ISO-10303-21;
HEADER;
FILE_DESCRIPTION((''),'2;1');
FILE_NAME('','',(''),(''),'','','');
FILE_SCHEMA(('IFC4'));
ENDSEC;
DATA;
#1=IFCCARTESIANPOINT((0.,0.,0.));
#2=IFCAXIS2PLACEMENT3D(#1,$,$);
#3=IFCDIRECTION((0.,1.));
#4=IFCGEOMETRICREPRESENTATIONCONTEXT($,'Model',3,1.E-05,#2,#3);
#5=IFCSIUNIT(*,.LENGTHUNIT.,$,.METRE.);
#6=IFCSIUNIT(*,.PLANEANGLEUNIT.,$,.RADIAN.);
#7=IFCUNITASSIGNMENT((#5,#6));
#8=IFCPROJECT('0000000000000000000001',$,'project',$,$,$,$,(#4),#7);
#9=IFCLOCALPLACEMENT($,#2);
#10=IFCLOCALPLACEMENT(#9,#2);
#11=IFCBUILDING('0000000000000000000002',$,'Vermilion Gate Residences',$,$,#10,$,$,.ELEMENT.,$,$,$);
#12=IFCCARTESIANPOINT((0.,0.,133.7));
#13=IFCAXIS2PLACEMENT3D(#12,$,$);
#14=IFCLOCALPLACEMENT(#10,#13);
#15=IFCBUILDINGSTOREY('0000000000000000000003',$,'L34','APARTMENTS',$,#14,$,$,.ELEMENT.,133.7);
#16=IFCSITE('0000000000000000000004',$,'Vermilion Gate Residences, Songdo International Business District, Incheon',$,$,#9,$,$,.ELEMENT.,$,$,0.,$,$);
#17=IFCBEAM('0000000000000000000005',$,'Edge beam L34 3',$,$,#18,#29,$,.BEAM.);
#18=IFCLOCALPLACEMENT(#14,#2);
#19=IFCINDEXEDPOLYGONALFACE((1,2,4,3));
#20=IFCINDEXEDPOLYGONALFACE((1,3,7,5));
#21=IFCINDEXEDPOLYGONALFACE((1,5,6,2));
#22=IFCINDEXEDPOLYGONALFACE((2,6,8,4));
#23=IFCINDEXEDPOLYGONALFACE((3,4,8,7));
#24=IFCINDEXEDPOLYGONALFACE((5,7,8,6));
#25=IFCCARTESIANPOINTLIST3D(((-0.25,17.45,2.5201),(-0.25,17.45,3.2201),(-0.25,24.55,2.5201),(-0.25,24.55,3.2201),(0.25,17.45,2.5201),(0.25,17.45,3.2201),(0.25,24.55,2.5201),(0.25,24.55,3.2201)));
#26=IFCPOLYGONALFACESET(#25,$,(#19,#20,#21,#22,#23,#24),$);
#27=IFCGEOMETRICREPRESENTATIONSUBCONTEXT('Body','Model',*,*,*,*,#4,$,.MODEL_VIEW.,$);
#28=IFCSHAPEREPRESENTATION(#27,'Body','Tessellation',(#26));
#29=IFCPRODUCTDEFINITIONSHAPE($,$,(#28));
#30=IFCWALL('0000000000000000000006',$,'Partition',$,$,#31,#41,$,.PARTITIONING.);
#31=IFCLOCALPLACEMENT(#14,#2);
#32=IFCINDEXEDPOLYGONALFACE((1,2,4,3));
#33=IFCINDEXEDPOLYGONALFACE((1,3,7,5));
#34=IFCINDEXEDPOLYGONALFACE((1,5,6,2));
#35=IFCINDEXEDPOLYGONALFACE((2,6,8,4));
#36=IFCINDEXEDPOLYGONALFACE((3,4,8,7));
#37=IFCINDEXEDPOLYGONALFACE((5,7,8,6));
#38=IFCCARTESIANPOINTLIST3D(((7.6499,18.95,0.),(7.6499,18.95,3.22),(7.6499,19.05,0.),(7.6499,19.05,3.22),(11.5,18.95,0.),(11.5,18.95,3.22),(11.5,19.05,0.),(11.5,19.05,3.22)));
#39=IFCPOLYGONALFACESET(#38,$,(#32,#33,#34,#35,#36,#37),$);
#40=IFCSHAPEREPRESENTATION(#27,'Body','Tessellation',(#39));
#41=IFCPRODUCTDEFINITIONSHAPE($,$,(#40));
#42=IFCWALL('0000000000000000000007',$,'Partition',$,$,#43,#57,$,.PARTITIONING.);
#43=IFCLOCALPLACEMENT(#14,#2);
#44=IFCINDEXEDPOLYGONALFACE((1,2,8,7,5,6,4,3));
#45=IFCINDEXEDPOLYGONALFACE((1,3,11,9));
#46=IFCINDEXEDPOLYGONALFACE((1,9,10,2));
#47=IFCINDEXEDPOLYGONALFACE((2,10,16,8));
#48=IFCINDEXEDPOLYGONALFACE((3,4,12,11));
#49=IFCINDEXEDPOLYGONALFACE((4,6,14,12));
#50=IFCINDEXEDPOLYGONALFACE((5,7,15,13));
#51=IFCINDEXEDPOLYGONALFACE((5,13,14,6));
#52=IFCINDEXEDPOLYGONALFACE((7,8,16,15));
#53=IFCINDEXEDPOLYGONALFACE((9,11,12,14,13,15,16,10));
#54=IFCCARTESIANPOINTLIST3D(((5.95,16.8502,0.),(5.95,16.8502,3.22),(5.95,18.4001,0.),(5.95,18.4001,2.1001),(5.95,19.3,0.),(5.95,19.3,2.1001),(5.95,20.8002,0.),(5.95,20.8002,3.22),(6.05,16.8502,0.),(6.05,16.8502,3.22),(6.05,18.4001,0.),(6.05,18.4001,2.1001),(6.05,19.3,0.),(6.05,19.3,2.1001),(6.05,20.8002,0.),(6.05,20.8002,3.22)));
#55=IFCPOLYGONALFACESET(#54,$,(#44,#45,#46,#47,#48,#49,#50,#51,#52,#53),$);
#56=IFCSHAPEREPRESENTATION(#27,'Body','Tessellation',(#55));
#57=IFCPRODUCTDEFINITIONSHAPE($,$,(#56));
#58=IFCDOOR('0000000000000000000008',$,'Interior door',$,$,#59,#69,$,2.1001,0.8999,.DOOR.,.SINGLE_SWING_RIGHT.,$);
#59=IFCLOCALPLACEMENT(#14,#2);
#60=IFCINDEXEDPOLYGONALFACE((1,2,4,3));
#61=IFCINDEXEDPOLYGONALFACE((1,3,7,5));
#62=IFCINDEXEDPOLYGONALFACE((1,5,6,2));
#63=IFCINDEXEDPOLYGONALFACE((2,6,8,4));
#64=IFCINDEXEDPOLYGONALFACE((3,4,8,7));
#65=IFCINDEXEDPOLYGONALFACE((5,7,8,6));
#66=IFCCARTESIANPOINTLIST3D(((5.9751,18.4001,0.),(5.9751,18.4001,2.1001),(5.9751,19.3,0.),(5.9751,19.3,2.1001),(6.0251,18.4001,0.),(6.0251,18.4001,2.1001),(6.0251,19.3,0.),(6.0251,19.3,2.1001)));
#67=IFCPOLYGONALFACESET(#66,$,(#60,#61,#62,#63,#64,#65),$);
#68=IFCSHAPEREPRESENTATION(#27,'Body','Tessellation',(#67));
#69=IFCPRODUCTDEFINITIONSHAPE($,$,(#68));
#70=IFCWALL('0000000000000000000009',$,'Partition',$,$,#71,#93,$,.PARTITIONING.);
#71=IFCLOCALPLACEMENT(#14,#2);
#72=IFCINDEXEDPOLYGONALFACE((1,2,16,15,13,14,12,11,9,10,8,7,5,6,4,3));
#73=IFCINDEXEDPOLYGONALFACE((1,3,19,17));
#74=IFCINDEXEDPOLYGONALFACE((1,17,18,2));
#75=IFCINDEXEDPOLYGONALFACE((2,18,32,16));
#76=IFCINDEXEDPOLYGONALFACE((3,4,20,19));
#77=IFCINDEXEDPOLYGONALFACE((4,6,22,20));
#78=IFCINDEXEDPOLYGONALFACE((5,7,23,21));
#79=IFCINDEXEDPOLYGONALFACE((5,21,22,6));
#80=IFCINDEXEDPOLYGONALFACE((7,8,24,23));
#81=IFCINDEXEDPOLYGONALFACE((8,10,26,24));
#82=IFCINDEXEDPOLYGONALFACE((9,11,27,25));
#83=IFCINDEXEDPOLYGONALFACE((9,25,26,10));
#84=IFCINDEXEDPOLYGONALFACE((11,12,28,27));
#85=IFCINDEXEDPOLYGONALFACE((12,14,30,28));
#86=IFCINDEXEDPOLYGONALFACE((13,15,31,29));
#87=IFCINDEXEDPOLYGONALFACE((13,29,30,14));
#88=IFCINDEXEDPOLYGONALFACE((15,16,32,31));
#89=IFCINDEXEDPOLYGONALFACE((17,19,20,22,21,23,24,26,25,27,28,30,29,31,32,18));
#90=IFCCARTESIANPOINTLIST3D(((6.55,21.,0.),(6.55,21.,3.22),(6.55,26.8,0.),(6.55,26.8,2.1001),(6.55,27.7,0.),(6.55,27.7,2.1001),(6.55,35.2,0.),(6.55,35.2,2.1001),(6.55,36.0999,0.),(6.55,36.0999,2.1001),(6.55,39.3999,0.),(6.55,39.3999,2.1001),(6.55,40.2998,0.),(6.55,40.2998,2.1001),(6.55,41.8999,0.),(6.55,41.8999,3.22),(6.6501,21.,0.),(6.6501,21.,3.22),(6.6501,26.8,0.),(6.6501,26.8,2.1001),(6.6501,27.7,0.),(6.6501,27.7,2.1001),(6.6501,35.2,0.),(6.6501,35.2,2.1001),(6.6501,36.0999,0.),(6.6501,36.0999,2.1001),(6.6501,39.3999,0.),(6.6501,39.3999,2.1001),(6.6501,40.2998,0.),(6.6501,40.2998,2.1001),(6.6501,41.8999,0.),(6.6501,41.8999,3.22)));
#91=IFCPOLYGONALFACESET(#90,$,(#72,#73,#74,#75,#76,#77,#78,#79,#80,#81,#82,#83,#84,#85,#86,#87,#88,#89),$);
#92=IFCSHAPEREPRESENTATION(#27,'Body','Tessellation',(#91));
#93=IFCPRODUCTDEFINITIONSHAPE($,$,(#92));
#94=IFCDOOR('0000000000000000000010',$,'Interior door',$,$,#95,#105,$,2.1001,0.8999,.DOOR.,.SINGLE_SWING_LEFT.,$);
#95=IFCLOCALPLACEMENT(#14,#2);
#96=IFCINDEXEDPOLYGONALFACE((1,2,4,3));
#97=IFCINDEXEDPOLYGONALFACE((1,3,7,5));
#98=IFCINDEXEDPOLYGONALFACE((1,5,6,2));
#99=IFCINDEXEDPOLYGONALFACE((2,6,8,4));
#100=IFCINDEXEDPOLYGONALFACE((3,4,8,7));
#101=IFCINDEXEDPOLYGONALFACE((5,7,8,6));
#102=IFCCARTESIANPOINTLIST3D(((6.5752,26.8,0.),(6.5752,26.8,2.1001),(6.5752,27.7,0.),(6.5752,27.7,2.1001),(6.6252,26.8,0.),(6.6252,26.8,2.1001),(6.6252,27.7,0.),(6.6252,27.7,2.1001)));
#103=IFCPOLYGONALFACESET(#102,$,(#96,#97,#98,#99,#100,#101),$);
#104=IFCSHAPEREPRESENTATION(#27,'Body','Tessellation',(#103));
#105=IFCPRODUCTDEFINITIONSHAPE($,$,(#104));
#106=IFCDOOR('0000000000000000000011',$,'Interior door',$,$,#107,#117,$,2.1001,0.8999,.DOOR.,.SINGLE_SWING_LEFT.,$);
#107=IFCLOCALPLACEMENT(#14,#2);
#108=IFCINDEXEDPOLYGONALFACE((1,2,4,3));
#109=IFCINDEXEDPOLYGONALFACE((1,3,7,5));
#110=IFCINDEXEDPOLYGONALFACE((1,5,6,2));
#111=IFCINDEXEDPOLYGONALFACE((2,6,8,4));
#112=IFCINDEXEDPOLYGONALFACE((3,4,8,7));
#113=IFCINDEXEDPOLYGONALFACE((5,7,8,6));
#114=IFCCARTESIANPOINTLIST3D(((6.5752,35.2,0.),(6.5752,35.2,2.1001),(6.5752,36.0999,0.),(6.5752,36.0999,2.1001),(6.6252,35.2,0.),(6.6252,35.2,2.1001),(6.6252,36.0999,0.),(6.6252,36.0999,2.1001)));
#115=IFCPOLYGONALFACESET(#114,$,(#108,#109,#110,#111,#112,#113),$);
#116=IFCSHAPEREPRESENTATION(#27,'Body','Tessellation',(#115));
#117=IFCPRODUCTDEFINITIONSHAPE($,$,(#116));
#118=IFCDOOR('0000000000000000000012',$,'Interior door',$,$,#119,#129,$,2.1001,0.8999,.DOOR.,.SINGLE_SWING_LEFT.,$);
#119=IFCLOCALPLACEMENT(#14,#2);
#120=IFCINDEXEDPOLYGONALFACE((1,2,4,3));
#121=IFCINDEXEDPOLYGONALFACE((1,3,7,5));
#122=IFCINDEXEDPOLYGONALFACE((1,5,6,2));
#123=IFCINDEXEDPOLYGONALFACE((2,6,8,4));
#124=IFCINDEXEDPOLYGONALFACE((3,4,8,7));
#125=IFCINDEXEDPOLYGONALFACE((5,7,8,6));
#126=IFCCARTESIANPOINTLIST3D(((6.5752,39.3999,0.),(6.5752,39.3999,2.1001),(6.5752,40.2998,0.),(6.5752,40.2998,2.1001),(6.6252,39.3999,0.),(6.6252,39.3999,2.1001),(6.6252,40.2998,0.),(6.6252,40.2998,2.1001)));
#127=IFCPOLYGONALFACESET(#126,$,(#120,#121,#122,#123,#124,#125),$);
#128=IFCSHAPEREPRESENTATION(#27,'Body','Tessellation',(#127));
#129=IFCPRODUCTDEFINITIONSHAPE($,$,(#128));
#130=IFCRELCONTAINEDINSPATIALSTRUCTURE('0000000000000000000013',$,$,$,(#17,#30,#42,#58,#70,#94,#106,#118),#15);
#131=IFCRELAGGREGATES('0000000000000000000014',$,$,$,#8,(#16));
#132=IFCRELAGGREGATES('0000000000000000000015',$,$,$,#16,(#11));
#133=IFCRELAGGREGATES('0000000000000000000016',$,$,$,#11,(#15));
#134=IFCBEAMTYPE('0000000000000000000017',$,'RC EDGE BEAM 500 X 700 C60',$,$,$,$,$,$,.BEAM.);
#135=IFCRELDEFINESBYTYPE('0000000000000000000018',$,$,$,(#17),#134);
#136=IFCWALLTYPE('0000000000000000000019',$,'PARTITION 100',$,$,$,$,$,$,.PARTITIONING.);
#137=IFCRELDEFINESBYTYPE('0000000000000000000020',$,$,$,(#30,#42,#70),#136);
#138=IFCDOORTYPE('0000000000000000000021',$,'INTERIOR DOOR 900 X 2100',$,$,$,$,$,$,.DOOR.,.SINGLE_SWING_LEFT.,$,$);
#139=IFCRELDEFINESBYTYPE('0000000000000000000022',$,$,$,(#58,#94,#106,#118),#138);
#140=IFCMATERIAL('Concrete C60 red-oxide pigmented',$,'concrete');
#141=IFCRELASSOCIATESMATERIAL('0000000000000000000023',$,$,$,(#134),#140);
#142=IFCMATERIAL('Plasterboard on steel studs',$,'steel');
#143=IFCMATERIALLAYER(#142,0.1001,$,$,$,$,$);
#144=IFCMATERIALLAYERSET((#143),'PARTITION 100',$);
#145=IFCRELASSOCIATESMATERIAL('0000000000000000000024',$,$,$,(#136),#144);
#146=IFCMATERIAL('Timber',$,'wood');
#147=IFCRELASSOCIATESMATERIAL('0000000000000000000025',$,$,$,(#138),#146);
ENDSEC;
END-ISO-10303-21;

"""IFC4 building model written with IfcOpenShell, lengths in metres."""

from ifc_helpers import new_model, si_unit, direction, frame, frame_2d, origin, origin_2d, place, context, subcontext, project, spatial, rectangle, extrude, material, layer, layer_set, material_profile, profile_set, type_object, element, fill, save


model = new_model("IFC4")

# Units and contexts
model_context = context("Model", 3, precision=1e-05, world=origin(), true_north=direction((0.0, 1.0)))
body_context = subcontext(model_context, "Body", "Model", "MODEL_VIEW")
ifc_project = project(units=[si_unit("LENGTHUNIT", "METRE"), si_unit("PLANEANGLEUNIT", "RADIAN")], contexts=[model_context])

# Site, building, storey
site_placement = place(None, origin())
site = spatial("IfcSite", under=ifc_project, at=site_placement, Name="Vermilion Gate Residences, Songdo International Business District, Incheon", CompositionType="ELEMENT", RefElevation=0.0)
building_placement = place(site_placement, origin())
building = spatial("IfcBuilding", under=site, at=building_placement, Name="Vermilion Gate Residences", CompositionType="ELEMENT")
storey_placement = place(building_placement, frame((0.0, 0.0, 133.7)))
storey = spatial("IfcBuildingStorey", under=building, at=storey_placement, Name="L34", Description="APARTMENTS", CompositionType="ELEMENT", Elevation=133.7)

# Beam
ifc_material_1 = material(Name="Concrete C60 red-oxide pigmented", Category="concrete")
ifc_material_profile_1 = material_profile(ifc_material_1, rectangle(XDim=0.5, YDim=0.7, at=origin_2d()), Name="RC-500x700")
ifc_profile_set_1 = profile_set([ifc_material_profile_1], Name="Concrete C60 red-oxide pigmented")
beam_type = type_object("IfcBeamType", Name="RC EDGE BEAM 500 X 700 C60", PredefinedType="BEAM", material=ifc_profile_set_1)
beam_placement = place(storey_placement, frame((0.0, 17.45, 2.8701), z_axis=(0.0, 1.0, 0.0), x_axis=(-1.0, 0.0, 0.0)))
element("IfcBeam", 1, at=beam_placement, inside=storey, type_object=beam_type, Name="Edge beam L34 3", PredefinedType="BEAM", context=body_context, shape_type="SweptSolid", body=[
    extrude(rectangle(XDim=0.5, YDim=0.7, at=origin_2d()), origin(), (0.0, 0.0, 1.0), 7.1001),
])

# Wall
ifc_material_2 = material(Name="Plasterboard on steel studs", Category="steel")
ifc_layer_1 = layer(ifc_material_2, 0.1001)
ifc_layer_set_1 = layer_set([ifc_layer_1], Name="PARTITION 100")
wall_type_1 = type_object("IfcWallType", Name="PARTITION 100", PredefinedType="PARTITIONING", material=ifc_layer_set_1)
wall_1_placement = place(storey_placement, frame((7.6499, 19.0, 0.0), z_axis=(0.0, 0.0, 1.0), x_axis=(1.0, 0.0, 0.0)))
element("IfcWall", 2, at=wall_1_placement, inside=storey, type_object=wall_type_1, Name="Partition", PredefinedType="PARTITIONING", context=body_context, shape_type="SweptSolid", body=[
    extrude(rectangle(XDim=3.8501, YDim=0.1001, at=frame_2d((1.925, 0.0))), origin(), (0.0, 0.0, 1.0), 3.22),
])

# Wall, opening, door
wall_2_placement = place(storey_placement, frame((6.0, 16.8501, 0.0), z_axis=(0.0, 0.0, 1.0), x_axis=(0.0, 1.0, 0.0)))
wall_2 = element("IfcWall", 3, at=wall_2_placement, inside=storey, type_object=wall_type_1, Name="Partition", PredefinedType="PARTITIONING", context=body_context, shape_type="SweptSolid", body=[
    extrude(rectangle(XDim=3.95, YDim=0.1001, at=frame_2d((1.9751, 0.0))), origin(), (0.0, 0.0, 1.0), 3.22),
])
opening_1_placement = place(wall_2_placement, frame((1.55, 0.0, 0.0)))
opening_1 = element("IfcOpeningElement", 4, at=opening_1_placement, cuts=wall_2, PredefinedType="OPENING", context=body_context, shape_type="SweptSolid", body=[
    extrude(rectangle(XDim=0.8999, YDim=2.1001, at=frame_2d((0.45, 1.05))), frame((0.0, 0.0601, 0.0), z_axis=(0.0, -1.0, 0.0), x_axis=(1.0, 0.0, 0.0)), (0.0, 0.0, 1.0), 0.1201),
])
ifc_material_3 = material(Name="Timber", Category="wood")
door_type = type_object("IfcDoorType", Name="INTERIOR DOOR 900 X 2100", OperationType="SINGLE_SWING_LEFT", PredefinedType="DOOR", material=ifc_material_3)
door_1_placement = place(opening_1_placement, origin())
door_1 = element("IfcDoor", 5, at=door_1_placement, inside=storey, type_object=door_type, Name="Interior door", OperationType="SINGLE_SWING_RIGHT", OverallHeight=2.1001, OverallWidth=0.8999, PredefinedType="DOOR", context=body_context, shape_type="SweptSolid", body=[
    extrude(rectangle(XDim=0.8999, YDim=2.1001, at=frame_2d((0.45, 1.05))), frame((0.0, 0.0249, 0.0), z_axis=(0.0, -1.0, 0.0), x_axis=(1.0, 0.0, 0.0)), (0.0, 0.0, 1.0), 0.05),
])
fill(opening_1, door_1)

# Wall, openings, doors
wall_3_placement = place(storey_placement, frame((6.6001, 21.0, 0.0), z_axis=(0.0, 0.0, 1.0), x_axis=(0.0, 1.0, 0.0)))
wall_3 = element("IfcWall", 6, at=wall_3_placement, inside=storey, type_object=wall_type_1, Name="Partition", PredefinedType="PARTITIONING", context=body_context, shape_type="SweptSolid", body=[
    extrude(rectangle(XDim=20.8999, YDim=0.1001, at=frame_2d((10.45, 0.0))), origin(), (0.0, 0.0, 1.0), 3.22),
])
opening_2_placement = place(wall_3_placement, frame((5.8, 0.0, 0.0)))
opening_2 = element("IfcOpeningElement", 7, at=opening_2_placement, cuts=wall_3, PredefinedType="OPENING", context=body_context, shape_type="SweptSolid", body=[
    extrude(rectangle(XDim=0.8999, YDim=2.1001, at=frame_2d((0.45, 1.05))), frame((0.0, 0.0601, 0.0), z_axis=(0.0, -1.0, 0.0), x_axis=(1.0, 0.0, 0.0)), (0.0, 0.0, 1.0), 0.1201),
])
opening_3_placement = place(wall_3_placement, frame((14.2, 0.0, 0.0)))
opening_3 = element("IfcOpeningElement", 8, at=opening_3_placement, cuts=wall_3, PredefinedType="OPENING", context=body_context, shape_type="SweptSolid", body=[
    extrude(rectangle(XDim=0.8999, YDim=2.1001, at=frame_2d((0.45, 1.05))), frame((0.0, 0.0601, 0.0), z_axis=(0.0, -1.0, 0.0), x_axis=(1.0, 0.0, 0.0)), (0.0, 0.0, 1.0), 0.1201),
])
opening_4_placement = place(wall_3_placement, frame((18.3999, 0.0, 0.0)))
opening_4 = element("IfcOpeningElement", 9, at=opening_4_placement, cuts=wall_3, PredefinedType="OPENING", context=body_context, shape_type="SweptSolid", body=[
    extrude(rectangle(XDim=0.8999, YDim=2.1001, at=frame_2d((0.45, 1.05))), frame((0.0, 0.0601, 0.0), z_axis=(0.0, -1.0, 0.0), x_axis=(1.0, 0.0, 0.0)), (0.0, 0.0, 1.0), 0.1201),
])
door_2_placement = place(opening_2_placement, origin())
door_2 = element("IfcDoor", 10, at=door_2_placement, inside=storey, type_object=door_type, Name="Interior door", OperationType="SINGLE_SWING_LEFT", OverallHeight=2.1001, OverallWidth=0.8999, PredefinedType="DOOR", context=body_context, shape_type="SweptSolid", body=[
    extrude(rectangle(XDim=0.8999, YDim=2.1001, at=frame_2d((0.45, 1.05))), frame((0.0, 0.0249, 0.0), z_axis=(0.0, -1.0, 0.0), x_axis=(1.0, 0.0, 0.0)), (0.0, 0.0, 1.0), 0.05),
])
fill(opening_2, door_2)
door_3_placement = place(opening_3_placement, origin())
door_3 = element("IfcDoor", 11, at=door_3_placement, inside=storey, type_object=door_type, Name="Interior door", OperationType="SINGLE_SWING_LEFT", OverallHeight=2.1001, OverallWidth=0.8999, PredefinedType="DOOR", context=body_context, shape_type="SweptSolid", body=[
    extrude(rectangle(XDim=0.8999, YDim=2.1001, at=frame_2d((0.45, 1.05))), frame((0.0, 0.0249, 0.0), z_axis=(0.0, -1.0, 0.0), x_axis=(1.0, 0.0, 0.0)), (0.0, 0.0, 1.0), 0.05),
])
fill(opening_3, door_3)
door_4_placement = place(opening_4_placement, origin())
door_4 = element("IfcDoor", 12, at=door_4_placement, inside=storey, type_object=door_type, Name="Interior door", OperationType="SINGLE_SWING_LEFT", OverallHeight=2.1001, OverallWidth=0.8999, PredefinedType="DOOR", context=body_context, shape_type="SweptSolid", body=[
    extrude(rectangle(XDim=0.8999, YDim=2.1001, at=frame_2d((0.45, 1.05))), frame((0.0, 0.0249, 0.0), z_axis=(0.0, -1.0, 0.0), x_axis=(1.0, 0.0, 0.0)), (0.0, 0.0, 1.0), 0.05),
])
fill(opening_4, door_4)

save(model, "model.ifc")
